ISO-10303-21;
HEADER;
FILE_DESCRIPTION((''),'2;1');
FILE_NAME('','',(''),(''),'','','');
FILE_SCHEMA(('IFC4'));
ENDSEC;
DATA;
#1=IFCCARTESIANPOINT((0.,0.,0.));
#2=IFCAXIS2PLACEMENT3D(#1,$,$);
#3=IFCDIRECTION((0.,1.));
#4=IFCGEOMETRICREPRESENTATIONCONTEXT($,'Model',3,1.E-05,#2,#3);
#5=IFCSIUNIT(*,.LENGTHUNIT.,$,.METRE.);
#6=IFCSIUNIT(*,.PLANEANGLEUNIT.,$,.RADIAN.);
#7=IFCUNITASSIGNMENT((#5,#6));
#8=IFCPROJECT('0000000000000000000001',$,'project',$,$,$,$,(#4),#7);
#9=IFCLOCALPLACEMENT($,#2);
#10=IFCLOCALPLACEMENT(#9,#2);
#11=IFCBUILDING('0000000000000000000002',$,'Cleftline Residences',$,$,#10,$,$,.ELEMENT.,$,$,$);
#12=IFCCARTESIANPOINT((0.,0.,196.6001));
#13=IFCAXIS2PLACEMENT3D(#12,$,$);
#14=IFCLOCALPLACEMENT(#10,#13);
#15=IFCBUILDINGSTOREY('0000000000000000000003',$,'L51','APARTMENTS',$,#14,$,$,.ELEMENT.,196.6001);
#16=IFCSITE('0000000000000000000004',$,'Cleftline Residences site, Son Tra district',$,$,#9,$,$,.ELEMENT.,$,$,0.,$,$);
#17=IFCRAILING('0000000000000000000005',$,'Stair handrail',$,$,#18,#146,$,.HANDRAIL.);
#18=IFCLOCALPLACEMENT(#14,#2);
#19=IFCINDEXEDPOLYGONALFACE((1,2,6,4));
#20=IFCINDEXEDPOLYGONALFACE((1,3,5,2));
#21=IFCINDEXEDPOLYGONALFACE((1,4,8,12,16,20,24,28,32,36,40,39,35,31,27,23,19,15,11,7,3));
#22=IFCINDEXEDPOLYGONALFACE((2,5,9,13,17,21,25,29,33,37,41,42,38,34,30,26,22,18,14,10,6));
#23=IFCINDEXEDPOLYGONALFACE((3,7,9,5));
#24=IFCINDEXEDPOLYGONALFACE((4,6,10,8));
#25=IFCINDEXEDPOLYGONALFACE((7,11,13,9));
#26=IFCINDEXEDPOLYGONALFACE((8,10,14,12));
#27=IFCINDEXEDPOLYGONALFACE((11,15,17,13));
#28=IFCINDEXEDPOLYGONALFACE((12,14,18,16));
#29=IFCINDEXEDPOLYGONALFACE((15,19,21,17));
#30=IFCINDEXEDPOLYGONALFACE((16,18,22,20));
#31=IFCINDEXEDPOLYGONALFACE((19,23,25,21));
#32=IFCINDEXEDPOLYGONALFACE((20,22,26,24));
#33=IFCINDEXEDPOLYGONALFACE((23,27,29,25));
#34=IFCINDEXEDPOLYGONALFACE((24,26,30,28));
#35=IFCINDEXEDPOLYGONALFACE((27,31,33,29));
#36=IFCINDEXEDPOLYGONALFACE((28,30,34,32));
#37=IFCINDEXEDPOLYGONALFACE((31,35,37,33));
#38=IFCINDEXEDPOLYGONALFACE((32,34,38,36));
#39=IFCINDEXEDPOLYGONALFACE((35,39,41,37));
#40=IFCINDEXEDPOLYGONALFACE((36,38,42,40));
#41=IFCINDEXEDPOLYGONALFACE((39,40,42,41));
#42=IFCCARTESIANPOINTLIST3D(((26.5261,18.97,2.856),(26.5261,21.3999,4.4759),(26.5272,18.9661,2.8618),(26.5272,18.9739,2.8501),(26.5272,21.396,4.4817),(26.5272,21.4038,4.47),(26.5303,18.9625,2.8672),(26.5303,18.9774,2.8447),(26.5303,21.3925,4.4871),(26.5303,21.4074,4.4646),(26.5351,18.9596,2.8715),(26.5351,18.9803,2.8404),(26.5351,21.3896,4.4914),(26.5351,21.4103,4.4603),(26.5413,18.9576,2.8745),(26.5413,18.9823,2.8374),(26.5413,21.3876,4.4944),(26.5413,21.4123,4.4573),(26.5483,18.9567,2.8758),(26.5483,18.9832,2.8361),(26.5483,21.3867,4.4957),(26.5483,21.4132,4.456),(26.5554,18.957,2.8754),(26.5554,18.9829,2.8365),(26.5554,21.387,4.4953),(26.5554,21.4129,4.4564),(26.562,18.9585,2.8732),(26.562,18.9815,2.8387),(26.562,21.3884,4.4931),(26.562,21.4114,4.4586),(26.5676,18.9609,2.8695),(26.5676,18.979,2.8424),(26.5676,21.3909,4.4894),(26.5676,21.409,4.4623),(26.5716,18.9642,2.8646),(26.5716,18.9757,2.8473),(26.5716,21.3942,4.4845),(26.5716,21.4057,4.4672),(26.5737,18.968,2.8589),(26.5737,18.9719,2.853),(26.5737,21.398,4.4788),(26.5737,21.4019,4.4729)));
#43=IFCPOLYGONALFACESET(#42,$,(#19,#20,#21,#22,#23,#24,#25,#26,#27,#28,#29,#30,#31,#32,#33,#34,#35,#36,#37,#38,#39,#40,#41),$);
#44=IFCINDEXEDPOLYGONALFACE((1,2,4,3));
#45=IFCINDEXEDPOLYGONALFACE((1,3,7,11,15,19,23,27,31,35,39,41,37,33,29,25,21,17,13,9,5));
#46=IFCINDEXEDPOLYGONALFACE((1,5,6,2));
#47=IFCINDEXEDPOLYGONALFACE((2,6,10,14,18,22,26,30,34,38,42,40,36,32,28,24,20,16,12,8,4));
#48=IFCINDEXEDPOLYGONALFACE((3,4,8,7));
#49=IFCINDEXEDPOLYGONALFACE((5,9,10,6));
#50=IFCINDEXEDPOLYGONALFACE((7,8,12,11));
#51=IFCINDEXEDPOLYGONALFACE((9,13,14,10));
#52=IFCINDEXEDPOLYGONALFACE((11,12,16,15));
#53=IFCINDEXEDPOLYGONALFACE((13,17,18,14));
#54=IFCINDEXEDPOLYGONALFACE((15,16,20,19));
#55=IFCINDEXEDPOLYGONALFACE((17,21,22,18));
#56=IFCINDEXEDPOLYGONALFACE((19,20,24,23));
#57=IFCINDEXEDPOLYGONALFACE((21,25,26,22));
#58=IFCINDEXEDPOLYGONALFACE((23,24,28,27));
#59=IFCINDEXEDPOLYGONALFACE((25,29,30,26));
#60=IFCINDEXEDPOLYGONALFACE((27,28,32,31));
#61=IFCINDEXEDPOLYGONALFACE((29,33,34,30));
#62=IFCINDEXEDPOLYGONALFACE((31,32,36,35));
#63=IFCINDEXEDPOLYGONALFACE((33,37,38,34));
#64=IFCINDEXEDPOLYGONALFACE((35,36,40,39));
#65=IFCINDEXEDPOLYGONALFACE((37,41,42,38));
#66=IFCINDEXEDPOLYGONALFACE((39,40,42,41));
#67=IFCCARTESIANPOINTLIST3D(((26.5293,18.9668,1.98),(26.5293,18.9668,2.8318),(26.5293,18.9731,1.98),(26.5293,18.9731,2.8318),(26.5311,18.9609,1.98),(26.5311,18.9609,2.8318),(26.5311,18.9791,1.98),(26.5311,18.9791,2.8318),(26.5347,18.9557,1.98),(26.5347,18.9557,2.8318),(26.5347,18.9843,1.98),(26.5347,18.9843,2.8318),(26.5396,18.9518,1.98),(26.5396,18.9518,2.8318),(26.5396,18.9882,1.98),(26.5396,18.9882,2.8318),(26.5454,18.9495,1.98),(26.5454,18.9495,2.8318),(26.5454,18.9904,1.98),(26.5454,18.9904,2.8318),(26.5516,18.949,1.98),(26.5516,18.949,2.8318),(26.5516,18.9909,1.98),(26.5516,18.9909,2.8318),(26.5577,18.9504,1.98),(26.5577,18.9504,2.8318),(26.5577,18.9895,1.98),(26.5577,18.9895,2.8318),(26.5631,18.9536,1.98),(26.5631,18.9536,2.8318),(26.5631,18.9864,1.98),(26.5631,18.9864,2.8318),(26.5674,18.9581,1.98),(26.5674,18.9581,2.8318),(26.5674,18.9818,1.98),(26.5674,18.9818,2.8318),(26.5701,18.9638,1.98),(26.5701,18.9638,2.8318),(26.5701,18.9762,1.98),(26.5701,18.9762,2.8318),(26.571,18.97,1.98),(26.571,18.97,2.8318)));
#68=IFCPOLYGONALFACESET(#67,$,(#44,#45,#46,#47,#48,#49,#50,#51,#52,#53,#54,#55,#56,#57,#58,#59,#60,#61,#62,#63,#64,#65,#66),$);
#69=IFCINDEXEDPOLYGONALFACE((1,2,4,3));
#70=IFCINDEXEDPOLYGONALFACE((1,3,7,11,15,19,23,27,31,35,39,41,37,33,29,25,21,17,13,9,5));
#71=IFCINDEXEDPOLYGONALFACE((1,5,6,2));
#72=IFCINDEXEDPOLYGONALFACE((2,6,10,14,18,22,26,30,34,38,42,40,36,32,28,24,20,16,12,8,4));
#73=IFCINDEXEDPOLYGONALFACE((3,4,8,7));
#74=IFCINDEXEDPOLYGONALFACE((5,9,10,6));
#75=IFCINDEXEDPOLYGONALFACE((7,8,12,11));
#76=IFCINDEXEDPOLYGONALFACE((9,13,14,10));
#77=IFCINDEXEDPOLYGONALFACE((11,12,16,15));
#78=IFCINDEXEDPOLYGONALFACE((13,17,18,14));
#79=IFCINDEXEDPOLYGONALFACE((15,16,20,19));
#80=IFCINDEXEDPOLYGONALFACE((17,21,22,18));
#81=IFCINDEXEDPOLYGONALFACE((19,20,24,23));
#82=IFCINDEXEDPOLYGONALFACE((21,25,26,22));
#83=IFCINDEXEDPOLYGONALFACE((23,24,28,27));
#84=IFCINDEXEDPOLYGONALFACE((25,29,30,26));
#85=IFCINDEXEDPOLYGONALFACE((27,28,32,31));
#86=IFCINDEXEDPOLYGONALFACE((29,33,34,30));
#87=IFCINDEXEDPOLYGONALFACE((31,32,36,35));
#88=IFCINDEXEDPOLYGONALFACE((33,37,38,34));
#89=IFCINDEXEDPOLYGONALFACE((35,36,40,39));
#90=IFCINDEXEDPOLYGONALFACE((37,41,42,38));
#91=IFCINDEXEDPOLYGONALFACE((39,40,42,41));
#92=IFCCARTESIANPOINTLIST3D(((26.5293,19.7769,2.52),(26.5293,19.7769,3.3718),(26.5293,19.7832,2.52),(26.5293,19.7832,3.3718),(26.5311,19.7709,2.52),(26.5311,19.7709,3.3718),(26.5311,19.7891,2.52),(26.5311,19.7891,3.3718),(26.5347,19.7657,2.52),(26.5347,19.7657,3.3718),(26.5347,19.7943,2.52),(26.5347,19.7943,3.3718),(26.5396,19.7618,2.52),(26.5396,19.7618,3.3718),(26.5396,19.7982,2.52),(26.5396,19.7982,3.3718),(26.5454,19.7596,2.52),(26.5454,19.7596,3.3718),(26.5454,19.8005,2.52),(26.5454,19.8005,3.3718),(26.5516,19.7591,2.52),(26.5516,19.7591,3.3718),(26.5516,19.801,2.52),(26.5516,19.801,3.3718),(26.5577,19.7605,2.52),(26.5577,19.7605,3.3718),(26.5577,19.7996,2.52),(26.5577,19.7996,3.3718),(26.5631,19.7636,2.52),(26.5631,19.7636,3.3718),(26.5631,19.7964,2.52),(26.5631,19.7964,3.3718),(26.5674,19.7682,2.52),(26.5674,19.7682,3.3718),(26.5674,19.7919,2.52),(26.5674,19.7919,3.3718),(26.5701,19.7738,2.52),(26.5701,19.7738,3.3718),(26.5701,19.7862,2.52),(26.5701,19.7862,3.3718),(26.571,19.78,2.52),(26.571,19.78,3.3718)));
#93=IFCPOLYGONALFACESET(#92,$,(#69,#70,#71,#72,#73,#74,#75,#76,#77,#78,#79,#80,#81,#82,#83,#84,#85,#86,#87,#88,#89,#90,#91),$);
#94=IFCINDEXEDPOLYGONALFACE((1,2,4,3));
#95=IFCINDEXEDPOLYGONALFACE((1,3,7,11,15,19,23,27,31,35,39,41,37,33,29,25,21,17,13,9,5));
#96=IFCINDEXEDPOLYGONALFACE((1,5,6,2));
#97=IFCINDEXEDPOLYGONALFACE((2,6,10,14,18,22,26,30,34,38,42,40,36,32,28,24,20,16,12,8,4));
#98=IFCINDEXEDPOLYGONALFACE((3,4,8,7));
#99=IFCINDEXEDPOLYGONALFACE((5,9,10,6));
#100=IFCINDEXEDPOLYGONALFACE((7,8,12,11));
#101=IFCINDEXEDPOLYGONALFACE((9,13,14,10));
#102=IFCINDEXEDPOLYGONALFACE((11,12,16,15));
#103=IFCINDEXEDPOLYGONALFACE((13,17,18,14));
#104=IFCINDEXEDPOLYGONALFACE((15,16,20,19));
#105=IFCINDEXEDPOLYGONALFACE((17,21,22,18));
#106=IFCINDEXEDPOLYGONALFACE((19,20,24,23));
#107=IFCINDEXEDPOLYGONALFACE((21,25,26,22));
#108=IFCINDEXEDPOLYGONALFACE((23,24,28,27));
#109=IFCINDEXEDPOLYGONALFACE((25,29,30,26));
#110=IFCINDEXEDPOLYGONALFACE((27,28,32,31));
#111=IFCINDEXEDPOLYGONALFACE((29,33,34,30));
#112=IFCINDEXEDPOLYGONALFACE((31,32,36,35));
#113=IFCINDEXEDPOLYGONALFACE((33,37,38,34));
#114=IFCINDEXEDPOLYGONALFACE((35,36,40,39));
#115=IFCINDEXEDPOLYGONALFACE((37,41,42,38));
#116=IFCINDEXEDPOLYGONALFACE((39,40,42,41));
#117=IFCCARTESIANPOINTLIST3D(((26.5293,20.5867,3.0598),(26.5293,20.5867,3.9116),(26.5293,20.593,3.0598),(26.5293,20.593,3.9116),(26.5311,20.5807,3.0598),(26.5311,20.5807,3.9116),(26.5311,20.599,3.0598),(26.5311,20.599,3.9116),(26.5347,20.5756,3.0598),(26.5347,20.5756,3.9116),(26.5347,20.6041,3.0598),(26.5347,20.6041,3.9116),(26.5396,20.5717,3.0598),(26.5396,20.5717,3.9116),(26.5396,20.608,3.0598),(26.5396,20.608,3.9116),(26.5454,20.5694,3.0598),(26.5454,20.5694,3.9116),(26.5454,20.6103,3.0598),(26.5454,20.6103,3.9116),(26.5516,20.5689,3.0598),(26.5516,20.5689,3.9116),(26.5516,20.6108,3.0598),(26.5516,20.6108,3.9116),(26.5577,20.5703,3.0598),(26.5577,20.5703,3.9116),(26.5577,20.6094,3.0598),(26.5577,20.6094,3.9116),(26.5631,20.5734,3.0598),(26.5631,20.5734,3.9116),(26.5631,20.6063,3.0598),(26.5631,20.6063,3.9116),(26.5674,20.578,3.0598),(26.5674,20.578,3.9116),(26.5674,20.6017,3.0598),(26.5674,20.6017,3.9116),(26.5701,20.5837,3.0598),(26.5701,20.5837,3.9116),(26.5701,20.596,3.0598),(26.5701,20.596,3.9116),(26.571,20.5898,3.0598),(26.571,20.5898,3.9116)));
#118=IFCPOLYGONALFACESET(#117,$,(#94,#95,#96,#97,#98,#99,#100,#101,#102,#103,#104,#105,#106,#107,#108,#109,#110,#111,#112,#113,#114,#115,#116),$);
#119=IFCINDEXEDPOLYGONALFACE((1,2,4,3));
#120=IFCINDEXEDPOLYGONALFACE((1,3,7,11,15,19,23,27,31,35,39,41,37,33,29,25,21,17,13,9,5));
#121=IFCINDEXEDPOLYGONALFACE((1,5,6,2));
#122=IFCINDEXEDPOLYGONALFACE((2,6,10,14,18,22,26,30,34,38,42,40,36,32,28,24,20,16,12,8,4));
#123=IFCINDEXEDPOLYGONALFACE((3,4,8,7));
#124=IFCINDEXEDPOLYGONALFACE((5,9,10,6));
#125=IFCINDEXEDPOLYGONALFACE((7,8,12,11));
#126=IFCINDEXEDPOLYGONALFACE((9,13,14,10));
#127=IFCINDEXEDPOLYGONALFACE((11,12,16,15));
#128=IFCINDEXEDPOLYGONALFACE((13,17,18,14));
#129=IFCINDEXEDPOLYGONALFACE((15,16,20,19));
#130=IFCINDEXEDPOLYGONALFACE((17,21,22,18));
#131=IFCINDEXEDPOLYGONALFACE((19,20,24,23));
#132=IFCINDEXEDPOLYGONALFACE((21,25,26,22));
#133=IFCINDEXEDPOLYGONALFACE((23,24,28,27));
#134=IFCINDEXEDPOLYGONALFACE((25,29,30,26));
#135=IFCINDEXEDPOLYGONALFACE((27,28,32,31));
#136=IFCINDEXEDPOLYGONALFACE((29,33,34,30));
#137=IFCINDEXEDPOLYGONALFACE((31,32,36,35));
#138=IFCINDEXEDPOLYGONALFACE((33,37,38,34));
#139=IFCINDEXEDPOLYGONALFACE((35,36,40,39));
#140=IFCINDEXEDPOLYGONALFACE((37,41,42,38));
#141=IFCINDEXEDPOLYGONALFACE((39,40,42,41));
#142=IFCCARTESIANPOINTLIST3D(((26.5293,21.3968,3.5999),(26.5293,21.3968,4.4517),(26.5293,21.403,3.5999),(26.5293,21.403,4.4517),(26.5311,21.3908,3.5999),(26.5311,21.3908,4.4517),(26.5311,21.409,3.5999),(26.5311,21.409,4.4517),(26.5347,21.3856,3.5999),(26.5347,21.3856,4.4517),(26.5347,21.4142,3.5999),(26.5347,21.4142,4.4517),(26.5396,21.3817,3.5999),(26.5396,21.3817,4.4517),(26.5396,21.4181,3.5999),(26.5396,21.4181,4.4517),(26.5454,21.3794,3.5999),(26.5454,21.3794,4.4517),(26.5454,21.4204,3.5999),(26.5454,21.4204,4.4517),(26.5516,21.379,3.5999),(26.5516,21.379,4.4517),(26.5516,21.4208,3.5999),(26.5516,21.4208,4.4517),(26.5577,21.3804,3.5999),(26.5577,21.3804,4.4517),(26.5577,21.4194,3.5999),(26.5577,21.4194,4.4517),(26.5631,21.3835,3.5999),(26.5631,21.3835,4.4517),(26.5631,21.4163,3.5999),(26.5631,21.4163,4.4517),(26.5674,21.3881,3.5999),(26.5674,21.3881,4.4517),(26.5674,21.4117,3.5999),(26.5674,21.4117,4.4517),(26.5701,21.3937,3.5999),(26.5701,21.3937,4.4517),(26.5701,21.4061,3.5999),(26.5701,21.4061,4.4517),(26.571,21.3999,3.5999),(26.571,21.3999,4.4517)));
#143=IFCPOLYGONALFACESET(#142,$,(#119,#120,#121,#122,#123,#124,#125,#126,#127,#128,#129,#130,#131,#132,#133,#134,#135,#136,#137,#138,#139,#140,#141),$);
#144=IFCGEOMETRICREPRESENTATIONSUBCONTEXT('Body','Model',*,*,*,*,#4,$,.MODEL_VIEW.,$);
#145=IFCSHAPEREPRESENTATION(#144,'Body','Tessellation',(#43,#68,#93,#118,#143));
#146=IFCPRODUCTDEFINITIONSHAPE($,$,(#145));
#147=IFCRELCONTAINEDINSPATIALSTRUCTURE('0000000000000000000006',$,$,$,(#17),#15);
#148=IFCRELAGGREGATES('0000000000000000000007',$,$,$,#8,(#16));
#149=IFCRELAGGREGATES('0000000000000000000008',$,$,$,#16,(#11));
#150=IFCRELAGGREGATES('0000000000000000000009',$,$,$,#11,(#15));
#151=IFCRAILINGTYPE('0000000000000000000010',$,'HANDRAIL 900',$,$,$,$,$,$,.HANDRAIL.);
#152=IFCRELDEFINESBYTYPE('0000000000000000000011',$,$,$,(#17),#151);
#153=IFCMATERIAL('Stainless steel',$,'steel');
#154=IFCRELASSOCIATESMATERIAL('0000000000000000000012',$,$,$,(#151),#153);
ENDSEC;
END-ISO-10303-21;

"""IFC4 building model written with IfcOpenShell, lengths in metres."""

from ifc_helpers import new_model, si_unit, direction, frame, origin, origin_2d, place, context, subcontext, project, spatial, circle, extrude, material, type_object, element, save


model = new_model("IFC4")

# Units and contexts
model_context = context("Model", 3, precision=1e-05, world=origin(), true_north=direction((0.0, 1.0)))
body_context = subcontext(model_context, "Body", "Model", "MODEL_VIEW")
ifc_project = project(units=[si_unit("LENGTHUNIT", "METRE"), si_unit("PLANEANGLEUNIT", "RADIAN")], contexts=[model_context])

# Site, building, storey
site_placement = place(None, origin())
site = spatial("IfcSite", under=ifc_project, at=site_placement, Name="Cleftline Residences site, Son Tra district", CompositionType="ELEMENT", RefElevation=0.0)
building_placement = place(site_placement, origin())
building = spatial("IfcBuilding", under=site, at=building_placement, Name="Cleftline Residences", CompositionType="ELEMENT")
storey_placement = place(building_placement, frame((0.0, 0.0, 196.6001)))
storey = spatial("IfcBuildingStorey", under=building, at=storey_placement, Name="L51", Description="APARTMENTS", CompositionType="ELEMENT", Elevation=196.6001)

# Railing
ifc_material_1 = material(Name="Stainless steel", Category="steel")
railing_type = type_object("IfcRailingType", Name="HANDRAIL 900", PredefinedType="HANDRAIL", material=ifc_material_1)
railing_1_placement = place(storey_placement, frame((26.55, 18.97, 1.98)))
element("IfcRailing", 1, at=railing_1_placement, inside=storey, type_object=railing_type, Name="Stair handrail", PredefinedType="HANDRAIL", context=body_context, shape_type="SweptSolid", body=[
    extrude(circle(Radius=0.0239, at=origin_2d()), frame((0.0, 0.0, 0.876), z_axis=(0.0, 0.832063, 0.554681), x_axis=(-1.0, 0.0, 0.0)), (0.0, 0.0, 1.0), 2.9204),
    extrude(circle(Radius=0.021, at=origin_2d()), origin(), (0.0, 0.0, 1.0), 0.8518),
    extrude(circle(Radius=0.021, at=origin_2d()), frame((0.0, 0.8101, 0.54)), (0.0, 0.0, 1.0), 0.8518),
    extrude(circle(Radius=0.021, at=origin_2d()), frame((0.0, 1.6199, 1.0798)), (0.0, 0.0, 1.0), 0.8518),
    extrude(circle(Radius=0.021, at=origin_2d()), frame((0.0, 2.4299, 1.6199)), (0.0, 0.0, 1.0), 0.8518),
])

save(model, "model.ifc")
